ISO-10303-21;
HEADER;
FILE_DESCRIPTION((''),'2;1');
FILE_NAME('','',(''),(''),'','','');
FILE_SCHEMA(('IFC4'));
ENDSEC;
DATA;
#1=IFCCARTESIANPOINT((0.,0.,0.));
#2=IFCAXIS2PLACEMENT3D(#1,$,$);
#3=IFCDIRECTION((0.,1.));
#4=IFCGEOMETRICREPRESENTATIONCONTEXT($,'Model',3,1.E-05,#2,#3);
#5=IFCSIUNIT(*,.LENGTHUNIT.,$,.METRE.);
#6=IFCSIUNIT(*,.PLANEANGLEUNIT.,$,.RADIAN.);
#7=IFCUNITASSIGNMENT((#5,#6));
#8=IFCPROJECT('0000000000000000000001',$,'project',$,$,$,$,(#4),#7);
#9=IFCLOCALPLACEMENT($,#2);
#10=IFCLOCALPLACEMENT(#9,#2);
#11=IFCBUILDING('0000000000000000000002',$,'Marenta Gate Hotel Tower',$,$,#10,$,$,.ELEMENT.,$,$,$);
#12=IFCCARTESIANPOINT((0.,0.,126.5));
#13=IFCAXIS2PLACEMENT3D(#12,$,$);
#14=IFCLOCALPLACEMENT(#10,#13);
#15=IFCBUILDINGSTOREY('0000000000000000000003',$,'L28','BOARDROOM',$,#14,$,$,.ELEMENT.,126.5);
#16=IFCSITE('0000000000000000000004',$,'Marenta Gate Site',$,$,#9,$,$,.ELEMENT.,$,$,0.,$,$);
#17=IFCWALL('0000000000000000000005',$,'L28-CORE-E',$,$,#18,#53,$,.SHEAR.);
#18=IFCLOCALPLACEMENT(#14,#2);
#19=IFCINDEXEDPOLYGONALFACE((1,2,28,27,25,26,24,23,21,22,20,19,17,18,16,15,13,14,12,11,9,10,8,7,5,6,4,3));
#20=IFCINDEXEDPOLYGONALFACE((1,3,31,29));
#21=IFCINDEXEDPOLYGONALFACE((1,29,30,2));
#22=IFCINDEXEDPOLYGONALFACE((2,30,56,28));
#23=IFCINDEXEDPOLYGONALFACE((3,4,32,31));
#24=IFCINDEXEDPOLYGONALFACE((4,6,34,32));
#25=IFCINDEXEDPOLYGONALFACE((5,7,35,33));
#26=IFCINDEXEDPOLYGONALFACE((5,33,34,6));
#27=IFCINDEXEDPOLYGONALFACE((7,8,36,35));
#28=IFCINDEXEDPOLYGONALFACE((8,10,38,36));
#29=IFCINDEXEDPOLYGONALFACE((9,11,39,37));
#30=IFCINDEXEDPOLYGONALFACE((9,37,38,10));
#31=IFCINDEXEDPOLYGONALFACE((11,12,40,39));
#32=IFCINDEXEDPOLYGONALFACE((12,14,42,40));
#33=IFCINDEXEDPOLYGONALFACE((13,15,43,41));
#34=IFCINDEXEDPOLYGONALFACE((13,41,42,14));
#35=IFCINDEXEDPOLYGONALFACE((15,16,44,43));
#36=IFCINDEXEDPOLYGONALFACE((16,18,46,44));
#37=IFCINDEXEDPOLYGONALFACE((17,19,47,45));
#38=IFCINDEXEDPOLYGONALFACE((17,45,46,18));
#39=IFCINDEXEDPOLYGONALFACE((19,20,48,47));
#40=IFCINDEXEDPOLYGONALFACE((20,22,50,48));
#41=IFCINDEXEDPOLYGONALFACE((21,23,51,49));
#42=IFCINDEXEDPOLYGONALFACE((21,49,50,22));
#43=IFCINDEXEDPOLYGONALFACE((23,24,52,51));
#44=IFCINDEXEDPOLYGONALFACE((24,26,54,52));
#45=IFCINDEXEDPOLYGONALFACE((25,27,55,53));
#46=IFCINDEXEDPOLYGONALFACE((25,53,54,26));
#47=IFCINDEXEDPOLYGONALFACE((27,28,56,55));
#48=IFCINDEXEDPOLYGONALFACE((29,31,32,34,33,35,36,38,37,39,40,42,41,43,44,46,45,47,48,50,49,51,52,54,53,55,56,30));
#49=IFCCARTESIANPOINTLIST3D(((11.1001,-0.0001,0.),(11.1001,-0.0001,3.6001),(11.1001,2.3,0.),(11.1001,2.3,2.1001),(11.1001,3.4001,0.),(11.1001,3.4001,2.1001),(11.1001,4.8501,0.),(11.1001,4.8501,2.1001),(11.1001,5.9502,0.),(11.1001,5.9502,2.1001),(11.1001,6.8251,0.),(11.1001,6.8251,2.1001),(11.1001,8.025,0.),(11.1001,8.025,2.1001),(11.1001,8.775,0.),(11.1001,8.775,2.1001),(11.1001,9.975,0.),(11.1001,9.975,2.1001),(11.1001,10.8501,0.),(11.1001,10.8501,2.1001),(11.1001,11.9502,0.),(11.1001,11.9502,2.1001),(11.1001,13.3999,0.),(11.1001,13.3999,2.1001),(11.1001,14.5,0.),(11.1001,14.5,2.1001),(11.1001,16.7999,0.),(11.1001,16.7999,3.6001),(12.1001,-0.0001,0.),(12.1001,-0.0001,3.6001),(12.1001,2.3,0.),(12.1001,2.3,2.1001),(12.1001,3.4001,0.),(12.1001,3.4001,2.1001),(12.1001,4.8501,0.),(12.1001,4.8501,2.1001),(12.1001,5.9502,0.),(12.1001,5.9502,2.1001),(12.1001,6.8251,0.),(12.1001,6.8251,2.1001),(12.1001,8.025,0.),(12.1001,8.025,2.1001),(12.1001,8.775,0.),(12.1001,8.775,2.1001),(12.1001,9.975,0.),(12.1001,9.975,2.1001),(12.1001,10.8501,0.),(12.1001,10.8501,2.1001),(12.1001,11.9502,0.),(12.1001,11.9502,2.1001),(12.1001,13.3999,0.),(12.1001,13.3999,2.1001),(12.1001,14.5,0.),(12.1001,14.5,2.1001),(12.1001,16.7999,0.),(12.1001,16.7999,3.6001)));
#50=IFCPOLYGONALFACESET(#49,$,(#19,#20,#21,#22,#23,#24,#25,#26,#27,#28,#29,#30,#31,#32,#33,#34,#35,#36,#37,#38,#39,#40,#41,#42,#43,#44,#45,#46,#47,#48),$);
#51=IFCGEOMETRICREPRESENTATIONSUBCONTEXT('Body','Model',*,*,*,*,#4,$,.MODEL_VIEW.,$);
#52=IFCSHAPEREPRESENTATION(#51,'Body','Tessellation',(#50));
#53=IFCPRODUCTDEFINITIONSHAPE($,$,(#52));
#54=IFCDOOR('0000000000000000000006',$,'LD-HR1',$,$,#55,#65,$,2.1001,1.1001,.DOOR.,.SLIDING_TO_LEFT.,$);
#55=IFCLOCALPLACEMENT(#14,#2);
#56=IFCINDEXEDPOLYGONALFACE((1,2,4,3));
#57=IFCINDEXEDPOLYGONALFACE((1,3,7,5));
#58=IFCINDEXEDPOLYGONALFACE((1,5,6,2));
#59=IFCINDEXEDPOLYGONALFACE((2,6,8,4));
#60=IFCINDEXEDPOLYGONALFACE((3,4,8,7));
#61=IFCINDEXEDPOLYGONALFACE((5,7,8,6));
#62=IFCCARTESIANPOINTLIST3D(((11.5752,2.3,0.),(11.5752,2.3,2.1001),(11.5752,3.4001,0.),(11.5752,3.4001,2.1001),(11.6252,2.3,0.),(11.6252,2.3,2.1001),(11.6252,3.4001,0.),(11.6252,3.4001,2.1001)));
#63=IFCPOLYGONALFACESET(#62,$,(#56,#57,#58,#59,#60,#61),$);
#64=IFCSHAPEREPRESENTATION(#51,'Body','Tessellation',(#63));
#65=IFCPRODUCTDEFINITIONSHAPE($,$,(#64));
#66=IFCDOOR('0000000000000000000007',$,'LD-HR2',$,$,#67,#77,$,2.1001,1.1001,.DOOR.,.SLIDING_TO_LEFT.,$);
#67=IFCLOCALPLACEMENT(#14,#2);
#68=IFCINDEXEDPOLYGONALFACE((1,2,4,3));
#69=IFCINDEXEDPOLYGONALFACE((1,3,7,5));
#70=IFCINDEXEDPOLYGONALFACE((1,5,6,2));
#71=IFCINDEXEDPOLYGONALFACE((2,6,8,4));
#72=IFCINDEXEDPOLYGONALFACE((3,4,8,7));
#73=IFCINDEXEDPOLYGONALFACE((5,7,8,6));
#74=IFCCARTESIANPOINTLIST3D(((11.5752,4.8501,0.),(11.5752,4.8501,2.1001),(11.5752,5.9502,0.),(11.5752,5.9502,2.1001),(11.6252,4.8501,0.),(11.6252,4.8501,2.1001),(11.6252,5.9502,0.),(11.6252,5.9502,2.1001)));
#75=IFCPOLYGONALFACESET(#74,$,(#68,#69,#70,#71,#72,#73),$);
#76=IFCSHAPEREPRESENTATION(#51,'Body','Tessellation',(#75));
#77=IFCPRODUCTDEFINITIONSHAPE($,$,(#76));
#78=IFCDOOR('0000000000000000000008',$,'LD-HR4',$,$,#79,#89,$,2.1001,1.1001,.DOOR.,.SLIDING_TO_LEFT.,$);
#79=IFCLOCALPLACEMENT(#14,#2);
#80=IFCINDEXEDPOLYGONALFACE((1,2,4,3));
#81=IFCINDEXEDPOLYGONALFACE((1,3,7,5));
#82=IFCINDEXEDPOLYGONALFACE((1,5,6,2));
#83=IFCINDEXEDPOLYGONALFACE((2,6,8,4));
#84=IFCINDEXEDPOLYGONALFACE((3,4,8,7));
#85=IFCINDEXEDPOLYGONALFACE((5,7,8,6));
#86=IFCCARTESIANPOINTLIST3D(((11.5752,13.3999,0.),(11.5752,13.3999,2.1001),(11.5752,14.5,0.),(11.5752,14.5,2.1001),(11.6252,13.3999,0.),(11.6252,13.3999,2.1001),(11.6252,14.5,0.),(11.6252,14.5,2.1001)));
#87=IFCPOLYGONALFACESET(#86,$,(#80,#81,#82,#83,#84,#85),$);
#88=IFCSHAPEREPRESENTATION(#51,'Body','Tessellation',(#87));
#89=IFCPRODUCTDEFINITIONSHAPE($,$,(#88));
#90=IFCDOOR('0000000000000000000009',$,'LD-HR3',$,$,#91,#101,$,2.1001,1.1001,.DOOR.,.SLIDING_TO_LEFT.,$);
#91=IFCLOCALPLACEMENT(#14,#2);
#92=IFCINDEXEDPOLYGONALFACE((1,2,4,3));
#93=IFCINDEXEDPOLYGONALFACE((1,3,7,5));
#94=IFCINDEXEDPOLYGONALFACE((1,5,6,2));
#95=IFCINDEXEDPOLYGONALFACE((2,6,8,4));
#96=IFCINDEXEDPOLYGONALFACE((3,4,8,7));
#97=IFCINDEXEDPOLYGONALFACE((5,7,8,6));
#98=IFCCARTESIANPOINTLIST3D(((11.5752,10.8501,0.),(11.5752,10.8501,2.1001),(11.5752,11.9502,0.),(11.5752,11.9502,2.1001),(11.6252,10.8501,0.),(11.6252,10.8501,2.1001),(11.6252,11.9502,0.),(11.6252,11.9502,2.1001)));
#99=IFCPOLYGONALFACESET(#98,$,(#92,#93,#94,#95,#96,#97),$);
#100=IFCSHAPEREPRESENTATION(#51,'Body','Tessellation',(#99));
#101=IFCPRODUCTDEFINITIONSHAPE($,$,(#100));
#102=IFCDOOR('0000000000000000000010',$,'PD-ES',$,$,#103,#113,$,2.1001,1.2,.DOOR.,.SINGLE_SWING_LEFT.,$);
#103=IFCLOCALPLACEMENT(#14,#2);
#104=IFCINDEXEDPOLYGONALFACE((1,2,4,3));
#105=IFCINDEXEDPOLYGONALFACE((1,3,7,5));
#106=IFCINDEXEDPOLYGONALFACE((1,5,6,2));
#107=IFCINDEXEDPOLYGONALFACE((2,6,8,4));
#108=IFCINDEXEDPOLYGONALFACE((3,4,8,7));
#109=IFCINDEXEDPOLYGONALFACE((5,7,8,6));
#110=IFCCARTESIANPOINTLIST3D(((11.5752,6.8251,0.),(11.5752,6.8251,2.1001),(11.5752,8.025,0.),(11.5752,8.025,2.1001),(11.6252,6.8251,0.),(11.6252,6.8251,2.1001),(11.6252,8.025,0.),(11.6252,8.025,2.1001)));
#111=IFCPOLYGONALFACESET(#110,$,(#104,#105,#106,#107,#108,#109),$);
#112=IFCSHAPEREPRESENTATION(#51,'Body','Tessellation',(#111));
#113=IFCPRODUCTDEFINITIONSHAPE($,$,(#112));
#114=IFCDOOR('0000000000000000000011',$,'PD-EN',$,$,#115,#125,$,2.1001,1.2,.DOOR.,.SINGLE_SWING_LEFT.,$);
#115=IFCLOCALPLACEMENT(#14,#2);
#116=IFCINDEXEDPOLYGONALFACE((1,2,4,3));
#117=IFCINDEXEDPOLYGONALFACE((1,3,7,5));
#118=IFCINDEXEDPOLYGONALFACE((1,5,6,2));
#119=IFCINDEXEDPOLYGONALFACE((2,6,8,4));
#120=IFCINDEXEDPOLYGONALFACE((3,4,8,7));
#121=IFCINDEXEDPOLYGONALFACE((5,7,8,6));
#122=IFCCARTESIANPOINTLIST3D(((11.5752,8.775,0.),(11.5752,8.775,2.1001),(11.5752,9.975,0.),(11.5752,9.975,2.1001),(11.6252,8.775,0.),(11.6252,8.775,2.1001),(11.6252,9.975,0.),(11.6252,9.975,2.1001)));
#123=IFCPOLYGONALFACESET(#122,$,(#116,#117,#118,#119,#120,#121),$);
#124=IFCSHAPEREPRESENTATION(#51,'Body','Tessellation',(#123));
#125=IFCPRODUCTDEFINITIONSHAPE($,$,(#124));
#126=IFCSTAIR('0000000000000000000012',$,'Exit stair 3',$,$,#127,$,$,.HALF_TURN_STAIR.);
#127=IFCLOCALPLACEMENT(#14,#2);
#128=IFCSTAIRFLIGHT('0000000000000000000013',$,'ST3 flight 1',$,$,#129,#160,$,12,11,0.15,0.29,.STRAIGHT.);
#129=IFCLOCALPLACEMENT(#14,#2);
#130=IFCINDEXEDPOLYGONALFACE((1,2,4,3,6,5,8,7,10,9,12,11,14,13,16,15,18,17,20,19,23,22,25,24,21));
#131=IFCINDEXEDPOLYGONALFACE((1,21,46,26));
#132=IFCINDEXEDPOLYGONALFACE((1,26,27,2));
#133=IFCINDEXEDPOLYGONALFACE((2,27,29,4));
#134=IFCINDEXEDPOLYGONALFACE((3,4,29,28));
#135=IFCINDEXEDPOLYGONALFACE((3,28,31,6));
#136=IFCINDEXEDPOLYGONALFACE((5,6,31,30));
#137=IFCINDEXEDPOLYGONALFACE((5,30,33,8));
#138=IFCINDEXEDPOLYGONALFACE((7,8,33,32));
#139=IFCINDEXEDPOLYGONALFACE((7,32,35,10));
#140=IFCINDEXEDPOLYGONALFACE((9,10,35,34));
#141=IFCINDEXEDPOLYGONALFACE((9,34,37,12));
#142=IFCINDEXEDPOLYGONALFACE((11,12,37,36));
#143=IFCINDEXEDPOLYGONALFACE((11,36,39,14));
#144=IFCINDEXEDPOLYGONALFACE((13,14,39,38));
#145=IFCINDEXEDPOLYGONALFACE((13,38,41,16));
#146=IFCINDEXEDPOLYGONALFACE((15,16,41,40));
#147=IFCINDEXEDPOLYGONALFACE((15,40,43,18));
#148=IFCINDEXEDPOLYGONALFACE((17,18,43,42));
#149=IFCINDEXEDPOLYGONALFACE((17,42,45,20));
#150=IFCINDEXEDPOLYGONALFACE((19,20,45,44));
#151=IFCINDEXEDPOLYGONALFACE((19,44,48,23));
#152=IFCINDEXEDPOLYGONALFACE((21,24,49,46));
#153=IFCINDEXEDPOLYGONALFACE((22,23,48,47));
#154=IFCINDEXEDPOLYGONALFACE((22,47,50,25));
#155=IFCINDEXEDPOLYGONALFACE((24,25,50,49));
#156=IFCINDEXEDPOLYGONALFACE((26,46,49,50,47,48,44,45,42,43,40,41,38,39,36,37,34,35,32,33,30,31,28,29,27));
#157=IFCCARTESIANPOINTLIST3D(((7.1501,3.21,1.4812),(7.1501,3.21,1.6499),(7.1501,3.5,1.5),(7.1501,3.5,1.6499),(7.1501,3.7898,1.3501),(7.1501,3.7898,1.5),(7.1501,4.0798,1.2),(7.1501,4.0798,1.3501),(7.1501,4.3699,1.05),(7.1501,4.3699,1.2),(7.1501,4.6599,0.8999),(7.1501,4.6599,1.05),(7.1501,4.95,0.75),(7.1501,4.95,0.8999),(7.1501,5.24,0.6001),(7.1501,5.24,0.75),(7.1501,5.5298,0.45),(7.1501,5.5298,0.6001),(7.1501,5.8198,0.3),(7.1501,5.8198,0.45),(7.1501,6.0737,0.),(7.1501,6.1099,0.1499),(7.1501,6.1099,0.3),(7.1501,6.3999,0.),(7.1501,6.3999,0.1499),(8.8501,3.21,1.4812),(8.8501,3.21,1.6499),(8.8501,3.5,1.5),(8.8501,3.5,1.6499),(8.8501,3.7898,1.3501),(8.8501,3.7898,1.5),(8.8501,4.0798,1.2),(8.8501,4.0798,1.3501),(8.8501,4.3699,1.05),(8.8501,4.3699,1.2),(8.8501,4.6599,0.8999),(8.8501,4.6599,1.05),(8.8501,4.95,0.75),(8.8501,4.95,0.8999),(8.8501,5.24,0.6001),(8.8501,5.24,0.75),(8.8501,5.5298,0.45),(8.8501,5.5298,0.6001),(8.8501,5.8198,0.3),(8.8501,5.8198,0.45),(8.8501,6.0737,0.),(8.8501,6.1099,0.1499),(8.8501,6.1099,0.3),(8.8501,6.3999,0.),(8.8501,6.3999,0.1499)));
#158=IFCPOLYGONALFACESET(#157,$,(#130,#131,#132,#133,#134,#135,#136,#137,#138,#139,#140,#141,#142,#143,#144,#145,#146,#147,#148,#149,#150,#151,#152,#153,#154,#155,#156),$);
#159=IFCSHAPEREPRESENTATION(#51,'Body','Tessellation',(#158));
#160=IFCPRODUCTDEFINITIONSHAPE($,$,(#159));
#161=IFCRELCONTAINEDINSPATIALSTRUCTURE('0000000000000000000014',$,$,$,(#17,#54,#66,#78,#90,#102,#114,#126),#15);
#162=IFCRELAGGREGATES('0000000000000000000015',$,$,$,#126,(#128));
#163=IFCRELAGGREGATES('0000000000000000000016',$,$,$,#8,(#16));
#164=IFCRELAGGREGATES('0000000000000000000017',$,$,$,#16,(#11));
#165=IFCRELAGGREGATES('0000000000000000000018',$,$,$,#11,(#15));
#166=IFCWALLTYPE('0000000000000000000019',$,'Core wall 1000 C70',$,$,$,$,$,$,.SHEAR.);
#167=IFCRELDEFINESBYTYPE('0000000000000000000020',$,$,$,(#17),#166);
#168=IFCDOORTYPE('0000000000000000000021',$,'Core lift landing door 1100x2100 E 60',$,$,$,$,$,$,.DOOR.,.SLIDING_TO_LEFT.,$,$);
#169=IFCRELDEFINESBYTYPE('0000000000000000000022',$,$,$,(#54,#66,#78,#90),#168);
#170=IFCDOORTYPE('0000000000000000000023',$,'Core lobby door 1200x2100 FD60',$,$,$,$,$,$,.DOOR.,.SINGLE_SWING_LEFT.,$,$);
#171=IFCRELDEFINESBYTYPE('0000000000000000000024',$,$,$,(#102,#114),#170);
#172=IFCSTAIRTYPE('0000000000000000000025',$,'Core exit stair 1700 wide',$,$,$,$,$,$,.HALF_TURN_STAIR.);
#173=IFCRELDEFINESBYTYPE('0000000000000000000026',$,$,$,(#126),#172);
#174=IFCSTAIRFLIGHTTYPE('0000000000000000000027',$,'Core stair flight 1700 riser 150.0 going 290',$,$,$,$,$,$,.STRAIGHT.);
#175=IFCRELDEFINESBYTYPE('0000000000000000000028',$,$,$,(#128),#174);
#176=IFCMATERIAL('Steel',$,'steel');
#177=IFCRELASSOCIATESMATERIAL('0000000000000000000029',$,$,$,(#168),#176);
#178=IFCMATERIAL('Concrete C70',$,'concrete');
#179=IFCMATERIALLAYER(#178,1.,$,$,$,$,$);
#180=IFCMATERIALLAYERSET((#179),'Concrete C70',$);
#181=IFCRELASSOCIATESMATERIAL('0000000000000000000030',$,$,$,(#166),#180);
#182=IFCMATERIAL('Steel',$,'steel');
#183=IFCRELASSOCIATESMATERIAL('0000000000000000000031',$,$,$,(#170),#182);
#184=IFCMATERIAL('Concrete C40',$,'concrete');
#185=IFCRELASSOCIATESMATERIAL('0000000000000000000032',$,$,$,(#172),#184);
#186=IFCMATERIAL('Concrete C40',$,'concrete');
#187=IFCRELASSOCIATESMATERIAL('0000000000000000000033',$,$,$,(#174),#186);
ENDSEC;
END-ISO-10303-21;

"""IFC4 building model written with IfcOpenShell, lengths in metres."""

from ifc_helpers import new_model, si_unit, direction, frame, frame_2d, origin, place, context, subcontext, project, spatial, polyline, rectangle, outline, extrude, material, layer, layer_set, type_object, element, fill, aggregate, save


model = new_model("IFC4")

# Units and contexts
model_context = context("Model", 3, precision=1e-05, world=origin(), true_north=direction((0.0, 1.0)))
body_context = subcontext(model_context, "Body", "Model", "MODEL_VIEW")
ifc_project = project(units=[si_unit("LENGTHUNIT", "METRE"), si_unit("PLANEANGLEUNIT", "RADIAN")], contexts=[model_context])

# Site, building, storey
site_placement = place(None, origin())
site = spatial("IfcSite", under=ifc_project, at=site_placement, Name="Marenta Gate Site", CompositionType="ELEMENT", RefElevation=0.0)
building_placement = place(site_placement, origin())
building = spatial("IfcBuilding", under=site, at=building_placement, Name="Marenta Gate Hotel Tower", CompositionType="ELEMENT")
storey_placement = place(building_placement, frame((0.0, 0.0, 126.5)))
storey = spatial("IfcBuildingStorey", under=building, at=storey_placement, Name="L28", Description="BOARDROOM", CompositionType="ELEMENT", Elevation=126.5)

# Shared definitions
ifc_material_1 = material(Name="Steel", Category="steel")
door_type_1 = type_object("IfcDoorType", Name="Core lift landing door 1100x2100 E 60", OperationType="SLIDING_TO_LEFT", PredefinedType="DOOR", material=ifc_material_1)

# Wall, openings, doors
ifc_material_2 = material(Name="Concrete C70", Category="concrete")
ifc_layer_1 = layer(ifc_material_2, 1.0)
ifc_layer_set_1 = layer_set([ifc_layer_1], Name="Concrete C70")
wall_type_1 = type_object("IfcWallType", Name="Core wall 1000 C70", PredefinedType="SHEAR", material=ifc_layer_set_1)
wall_1_placement = place(storey_placement, frame((11.6001, 0.0, 0.0), z_axis=(0.0, 0.0, 1.0), x_axis=(0.0, 1.0, 0.0)))
wall_1 = element("IfcWall", 1, at=wall_1_placement, inside=storey, type_object=wall_type_1, Name="L28-CORE-E", PredefinedType="SHEAR", context=body_context, shape_type="SweptSolid", body=[
    extrude(rectangle(XDim=16.8, YDim=1.0, at=frame_2d((8.3999, 0.0))), origin(), (0.0, 0.0, 1.0), 3.6001),
])
opening_1_placement = place(wall_1_placement, frame((2.3, 0.0, 0.0)))
opening_1 = element("IfcOpeningElement", 2, at=opening_1_placement, cuts=wall_1, PredefinedType="OPENING", context=body_context, shape_type="SweptSolid", body=[
    extrude(rectangle(XDim=1.1001, YDim=2.1001, at=frame_2d((0.55, 1.05))), frame((0.0, 0.5, 0.0), z_axis=(0.0, -1.0, 0.0), x_axis=(1.0, 0.0, 0.0)), (0.0, 0.0, 1.0), 1.0),
])
opening_2_placement = place(wall_1_placement, frame((4.8501, 0.0, 0.0)))
opening_2 = element("IfcOpeningElement", 3, at=opening_2_placement, cuts=wall_1, PredefinedType="OPENING", context=body_context, shape_type="SweptSolid", body=[
    extrude(rectangle(XDim=1.1001, YDim=2.1001, at=frame_2d((0.55, 1.05))), frame((0.0, 0.5, 0.0), z_axis=(0.0, -1.0, 0.0), x_axis=(1.0, 0.0, 0.0)), (0.0, 0.0, 1.0), 1.0),
])
opening_3_placement = place(wall_1_placement, frame((6.825, 0.0, 0.0)))
opening_3 = element("IfcOpeningElement", 4, at=opening_3_placement, cuts=wall_1, PredefinedType="OPENING", context=body_context, shape_type="SweptSolid", body=[
    extrude(rectangle(XDim=1.2, YDim=2.1001, at=frame_2d((0.6001, 1.05))), frame((0.0, 0.5, 0.0), z_axis=(0.0, -1.0, 0.0), x_axis=(1.0, 0.0, 0.0)), (0.0, 0.0, 1.0), 1.0),
])
opening_4_placement = place(wall_1_placement, frame((13.3999, 0.0, 0.0)))
opening_4 = element("IfcOpeningElement", 5, at=opening_4_placement, cuts=wall_1, PredefinedType="OPENING", context=body_context, shape_type="SweptSolid", body=[
    extrude(rectangle(XDim=1.1001, YDim=2.1001, at=frame_2d((0.55, 1.05))), frame((0.0, 0.5, 0.0), z_axis=(0.0, -1.0, 0.0), x_axis=(1.0, 0.0, 0.0)), (0.0, 0.0, 1.0), 1.0),
])
opening_5_placement = place(wall_1_placement, frame((10.8501, 0.0, 0.0)))
opening_5 = element("IfcOpeningElement", 6, at=opening_5_placement, cuts=wall_1, PredefinedType="OPENING", context=body_context, shape_type="SweptSolid", body=[
    extrude(rectangle(XDim=1.1001, YDim=2.1001, at=frame_2d((0.55, 1.05))), frame((0.0, 0.5, 0.0), z_axis=(0.0, -1.0, 0.0), x_axis=(1.0, 0.0, 0.0)), (0.0, 0.0, 1.0), 1.0),
])
opening_6_placement = place(wall_1_placement, frame((8.7749, 0.0, 0.0)))
opening_6 = element("IfcOpeningElement", 7, at=opening_6_placement, cuts=wall_1, PredefinedType="OPENING", context=body_context, shape_type="SweptSolid", body=[
    extrude(rectangle(XDim=1.2, YDim=2.1001, at=frame_2d((0.6001, 1.05))), frame((0.0, 0.5, 0.0), z_axis=(0.0, -1.0, 0.0), x_axis=(1.0, 0.0, 0.0)), (0.0, 0.0, 1.0), 1.0),
])
door_1_placement = place(opening_1_placement, origin())
door_1 = element("IfcDoor", 8, at=door_1_placement, inside=storey, type_object=door_type_1, Name="LD-HR1", OperationType="SLIDING_TO_LEFT", OverallHeight=2.1001, OverallWidth=1.1001, PredefinedType="DOOR", context=body_context, shape_type="SweptSolid", body=[
    extrude(rectangle(XDim=1.1001, YDim=2.1001, at=frame_2d((0.55, 1.05))), frame((0.0, 0.0249, 0.0), z_axis=(0.0, -1.0, 0.0), x_axis=(1.0, 0.0, 0.0)), (0.0, 0.0, 1.0), 0.05),
])
fill(opening_1, door_1)
door_2_placement = place(opening_2_placement, origin())
door_2 = element("IfcDoor", 9, at=door_2_placement, inside=storey, type_object=door_type_1, Name="LD-HR2", OperationType="SLIDING_TO_LEFT", OverallHeight=2.1001, OverallWidth=1.1001, PredefinedType="DOOR", context=body_context, shape_type="SweptSolid", body=[
    extrude(rectangle(XDim=1.1001, YDim=2.1001, at=frame_2d((0.55, 1.05))), frame((0.0, 0.0249, 0.0), z_axis=(0.0, -1.0, 0.0), x_axis=(1.0, 0.0, 0.0)), (0.0, 0.0, 1.0), 0.05),
])
fill(opening_2, door_2)
door_3_placement = place(opening_4_placement, origin())
door_3 = element("IfcDoor", 10, at=door_3_placement, inside=storey, type_object=door_type_1, Name="LD-HR4", OperationType="SLIDING_TO_LEFT", OverallHeight=2.1001, OverallWidth=1.1001, PredefinedType="DOOR", context=body_context, shape_type="SweptSolid", body=[
    extrude(rectangle(XDim=1.1001, YDim=2.1001, at=frame_2d((0.55, 1.05))), frame((0.0, 0.0249, 0.0), z_axis=(0.0, -1.0, 0.0), x_axis=(1.0, 0.0, 0.0)), (0.0, 0.0, 1.0), 0.05),
])
fill(opening_4, door_3)
door_4_placement = place(opening_5_placement, origin())
door_4 = element("IfcDoor", 11, at=door_4_placement, inside=storey, type_object=door_type_1, Name="LD-HR3", OperationType="SLIDING_TO_LEFT", OverallHeight=2.1001, OverallWidth=1.1001, PredefinedType="DOOR", context=body_context, shape_type="SweptSolid", body=[
    extrude(rectangle(XDim=1.1001, YDim=2.1001, at=frame_2d((0.55, 1.05))), frame((0.0, 0.0249, 0.0), z_axis=(0.0, -1.0, 0.0), x_axis=(1.0, 0.0, 0.0)), (0.0, 0.0, 1.0), 0.05),
])
fill(opening_5, door_4)
ifc_material_3 = material(Name="Steel", Category="steel")
door_type_2 = type_object("IfcDoorType", Name="Core lobby door 1200x2100 FD60", OperationType="SINGLE_SWING_LEFT", PredefinedType="DOOR", material=ifc_material_3)
door_5_placement = place(opening_3_placement, origin())
door_5 = element("IfcDoor", 12, at=door_5_placement, inside=storey, type_object=door_type_2, Name="PD-ES", OperationType="SINGLE_SWING_LEFT", OverallHeight=2.1001, OverallWidth=1.2, PredefinedType="DOOR", context=body_context, shape_type="SweptSolid", body=[
    extrude(rectangle(XDim=1.2, YDim=2.1001, at=frame_2d((0.6001, 1.05))), frame((0.0, 0.0249, 0.0), z_axis=(0.0, -1.0, 0.0), x_axis=(1.0, 0.0, 0.0)), (0.0, 0.0, 1.0), 0.05),
])
fill(opening_3, door_5)
door_6_placement = place(opening_6_placement, origin())
door_6 = element("IfcDoor", 13, at=door_6_placement, inside=storey, type_object=door_type_2, Name="PD-EN", OperationType="SINGLE_SWING_LEFT", OverallHeight=2.1001, OverallWidth=1.2, PredefinedType="DOOR", context=body_context, shape_type="SweptSolid", body=[
    extrude(rectangle(XDim=1.2, YDim=2.1001, at=frame_2d((0.6001, 1.05))), frame((0.0, 0.0249, 0.0), z_axis=(0.0, -1.0, 0.0), x_axis=(1.0, 0.0, 0.0)), (0.0, 0.0, 1.0), 0.05),
])
fill(opening_6, door_6)

# Stair, stair flight
ifc_material_4 = material(Name="Concrete C40", Category="concrete")
stair_type = type_object("IfcStairType", Name="Core exit stair 1700 wide", PredefinedType="HALF_TURN_STAIR", material=ifc_material_4)
stair_placement = place(storey_placement, origin())
stair = element("IfcStair", 14, at=stair_placement, inside=storey, type_object=stair_type, Name="Exit stair 3", PredefinedType="HALF_TURN_STAIR")
ifc_material_5 = material(Name="Concrete C40", Category="concrete")
stair_flight_type = type_object("IfcStairFlightType", Name="Core stair flight 1700 riser 150.0 going 290", PredefinedType="STRAIGHT", material=ifc_material_5)
stair_flight_1_placement = place(storey_placement, frame((8.0, 6.3999, 0.0), z_axis=(0.0, 0.0, 1.0), x_axis=(0.0, -1.0, 0.0)))
stair_flight_1 = element("IfcStairFlight", 15, at=stair_flight_1_placement, type_object=stair_flight_type, Name="ST3 flight 1", NumberOfRisers=12, NumberOfTreads=11, PredefinedType="STRAIGHT", RiserHeight=0.15, TreadLength=0.29, context=body_context, shape_type="SweptSolid", body=[
    extrude(outline(polyline([(0.0, 0.0), (0.0, 0.1499), (0.29, 0.1499), (0.29, 0.3), (0.5801, 0.3), (0.5801, 0.45), (0.8701, 0.45), (0.8701, 0.6001), (1.1599, 0.6001), (1.1599, 0.75), (1.45, 0.75), (1.45, 0.8999), (1.74, 0.8999), (1.74, 1.05), (2.03, 1.05), (2.03, 1.2), (2.3201, 1.2), (2.3201, 1.3501), (2.6101, 1.3501), (2.6101, 1.5), (2.8999, 1.5), (2.8999, 1.6499), (3.1899, 1.6499), (3.1899, 1.8), (3.1899, 1.4812), (0.3262, 0.0), (0.0, 0.0)])), frame((0.0, 0.8501, 0.0), z_axis=(0.0, -1.0, 0.0), x_axis=(1.0, 0.0, 0.0)), (0.0, 0.0, 1.0), 1.7),
])
aggregate(stair, [stair_flight_1])

save(model, "model.ifc")
